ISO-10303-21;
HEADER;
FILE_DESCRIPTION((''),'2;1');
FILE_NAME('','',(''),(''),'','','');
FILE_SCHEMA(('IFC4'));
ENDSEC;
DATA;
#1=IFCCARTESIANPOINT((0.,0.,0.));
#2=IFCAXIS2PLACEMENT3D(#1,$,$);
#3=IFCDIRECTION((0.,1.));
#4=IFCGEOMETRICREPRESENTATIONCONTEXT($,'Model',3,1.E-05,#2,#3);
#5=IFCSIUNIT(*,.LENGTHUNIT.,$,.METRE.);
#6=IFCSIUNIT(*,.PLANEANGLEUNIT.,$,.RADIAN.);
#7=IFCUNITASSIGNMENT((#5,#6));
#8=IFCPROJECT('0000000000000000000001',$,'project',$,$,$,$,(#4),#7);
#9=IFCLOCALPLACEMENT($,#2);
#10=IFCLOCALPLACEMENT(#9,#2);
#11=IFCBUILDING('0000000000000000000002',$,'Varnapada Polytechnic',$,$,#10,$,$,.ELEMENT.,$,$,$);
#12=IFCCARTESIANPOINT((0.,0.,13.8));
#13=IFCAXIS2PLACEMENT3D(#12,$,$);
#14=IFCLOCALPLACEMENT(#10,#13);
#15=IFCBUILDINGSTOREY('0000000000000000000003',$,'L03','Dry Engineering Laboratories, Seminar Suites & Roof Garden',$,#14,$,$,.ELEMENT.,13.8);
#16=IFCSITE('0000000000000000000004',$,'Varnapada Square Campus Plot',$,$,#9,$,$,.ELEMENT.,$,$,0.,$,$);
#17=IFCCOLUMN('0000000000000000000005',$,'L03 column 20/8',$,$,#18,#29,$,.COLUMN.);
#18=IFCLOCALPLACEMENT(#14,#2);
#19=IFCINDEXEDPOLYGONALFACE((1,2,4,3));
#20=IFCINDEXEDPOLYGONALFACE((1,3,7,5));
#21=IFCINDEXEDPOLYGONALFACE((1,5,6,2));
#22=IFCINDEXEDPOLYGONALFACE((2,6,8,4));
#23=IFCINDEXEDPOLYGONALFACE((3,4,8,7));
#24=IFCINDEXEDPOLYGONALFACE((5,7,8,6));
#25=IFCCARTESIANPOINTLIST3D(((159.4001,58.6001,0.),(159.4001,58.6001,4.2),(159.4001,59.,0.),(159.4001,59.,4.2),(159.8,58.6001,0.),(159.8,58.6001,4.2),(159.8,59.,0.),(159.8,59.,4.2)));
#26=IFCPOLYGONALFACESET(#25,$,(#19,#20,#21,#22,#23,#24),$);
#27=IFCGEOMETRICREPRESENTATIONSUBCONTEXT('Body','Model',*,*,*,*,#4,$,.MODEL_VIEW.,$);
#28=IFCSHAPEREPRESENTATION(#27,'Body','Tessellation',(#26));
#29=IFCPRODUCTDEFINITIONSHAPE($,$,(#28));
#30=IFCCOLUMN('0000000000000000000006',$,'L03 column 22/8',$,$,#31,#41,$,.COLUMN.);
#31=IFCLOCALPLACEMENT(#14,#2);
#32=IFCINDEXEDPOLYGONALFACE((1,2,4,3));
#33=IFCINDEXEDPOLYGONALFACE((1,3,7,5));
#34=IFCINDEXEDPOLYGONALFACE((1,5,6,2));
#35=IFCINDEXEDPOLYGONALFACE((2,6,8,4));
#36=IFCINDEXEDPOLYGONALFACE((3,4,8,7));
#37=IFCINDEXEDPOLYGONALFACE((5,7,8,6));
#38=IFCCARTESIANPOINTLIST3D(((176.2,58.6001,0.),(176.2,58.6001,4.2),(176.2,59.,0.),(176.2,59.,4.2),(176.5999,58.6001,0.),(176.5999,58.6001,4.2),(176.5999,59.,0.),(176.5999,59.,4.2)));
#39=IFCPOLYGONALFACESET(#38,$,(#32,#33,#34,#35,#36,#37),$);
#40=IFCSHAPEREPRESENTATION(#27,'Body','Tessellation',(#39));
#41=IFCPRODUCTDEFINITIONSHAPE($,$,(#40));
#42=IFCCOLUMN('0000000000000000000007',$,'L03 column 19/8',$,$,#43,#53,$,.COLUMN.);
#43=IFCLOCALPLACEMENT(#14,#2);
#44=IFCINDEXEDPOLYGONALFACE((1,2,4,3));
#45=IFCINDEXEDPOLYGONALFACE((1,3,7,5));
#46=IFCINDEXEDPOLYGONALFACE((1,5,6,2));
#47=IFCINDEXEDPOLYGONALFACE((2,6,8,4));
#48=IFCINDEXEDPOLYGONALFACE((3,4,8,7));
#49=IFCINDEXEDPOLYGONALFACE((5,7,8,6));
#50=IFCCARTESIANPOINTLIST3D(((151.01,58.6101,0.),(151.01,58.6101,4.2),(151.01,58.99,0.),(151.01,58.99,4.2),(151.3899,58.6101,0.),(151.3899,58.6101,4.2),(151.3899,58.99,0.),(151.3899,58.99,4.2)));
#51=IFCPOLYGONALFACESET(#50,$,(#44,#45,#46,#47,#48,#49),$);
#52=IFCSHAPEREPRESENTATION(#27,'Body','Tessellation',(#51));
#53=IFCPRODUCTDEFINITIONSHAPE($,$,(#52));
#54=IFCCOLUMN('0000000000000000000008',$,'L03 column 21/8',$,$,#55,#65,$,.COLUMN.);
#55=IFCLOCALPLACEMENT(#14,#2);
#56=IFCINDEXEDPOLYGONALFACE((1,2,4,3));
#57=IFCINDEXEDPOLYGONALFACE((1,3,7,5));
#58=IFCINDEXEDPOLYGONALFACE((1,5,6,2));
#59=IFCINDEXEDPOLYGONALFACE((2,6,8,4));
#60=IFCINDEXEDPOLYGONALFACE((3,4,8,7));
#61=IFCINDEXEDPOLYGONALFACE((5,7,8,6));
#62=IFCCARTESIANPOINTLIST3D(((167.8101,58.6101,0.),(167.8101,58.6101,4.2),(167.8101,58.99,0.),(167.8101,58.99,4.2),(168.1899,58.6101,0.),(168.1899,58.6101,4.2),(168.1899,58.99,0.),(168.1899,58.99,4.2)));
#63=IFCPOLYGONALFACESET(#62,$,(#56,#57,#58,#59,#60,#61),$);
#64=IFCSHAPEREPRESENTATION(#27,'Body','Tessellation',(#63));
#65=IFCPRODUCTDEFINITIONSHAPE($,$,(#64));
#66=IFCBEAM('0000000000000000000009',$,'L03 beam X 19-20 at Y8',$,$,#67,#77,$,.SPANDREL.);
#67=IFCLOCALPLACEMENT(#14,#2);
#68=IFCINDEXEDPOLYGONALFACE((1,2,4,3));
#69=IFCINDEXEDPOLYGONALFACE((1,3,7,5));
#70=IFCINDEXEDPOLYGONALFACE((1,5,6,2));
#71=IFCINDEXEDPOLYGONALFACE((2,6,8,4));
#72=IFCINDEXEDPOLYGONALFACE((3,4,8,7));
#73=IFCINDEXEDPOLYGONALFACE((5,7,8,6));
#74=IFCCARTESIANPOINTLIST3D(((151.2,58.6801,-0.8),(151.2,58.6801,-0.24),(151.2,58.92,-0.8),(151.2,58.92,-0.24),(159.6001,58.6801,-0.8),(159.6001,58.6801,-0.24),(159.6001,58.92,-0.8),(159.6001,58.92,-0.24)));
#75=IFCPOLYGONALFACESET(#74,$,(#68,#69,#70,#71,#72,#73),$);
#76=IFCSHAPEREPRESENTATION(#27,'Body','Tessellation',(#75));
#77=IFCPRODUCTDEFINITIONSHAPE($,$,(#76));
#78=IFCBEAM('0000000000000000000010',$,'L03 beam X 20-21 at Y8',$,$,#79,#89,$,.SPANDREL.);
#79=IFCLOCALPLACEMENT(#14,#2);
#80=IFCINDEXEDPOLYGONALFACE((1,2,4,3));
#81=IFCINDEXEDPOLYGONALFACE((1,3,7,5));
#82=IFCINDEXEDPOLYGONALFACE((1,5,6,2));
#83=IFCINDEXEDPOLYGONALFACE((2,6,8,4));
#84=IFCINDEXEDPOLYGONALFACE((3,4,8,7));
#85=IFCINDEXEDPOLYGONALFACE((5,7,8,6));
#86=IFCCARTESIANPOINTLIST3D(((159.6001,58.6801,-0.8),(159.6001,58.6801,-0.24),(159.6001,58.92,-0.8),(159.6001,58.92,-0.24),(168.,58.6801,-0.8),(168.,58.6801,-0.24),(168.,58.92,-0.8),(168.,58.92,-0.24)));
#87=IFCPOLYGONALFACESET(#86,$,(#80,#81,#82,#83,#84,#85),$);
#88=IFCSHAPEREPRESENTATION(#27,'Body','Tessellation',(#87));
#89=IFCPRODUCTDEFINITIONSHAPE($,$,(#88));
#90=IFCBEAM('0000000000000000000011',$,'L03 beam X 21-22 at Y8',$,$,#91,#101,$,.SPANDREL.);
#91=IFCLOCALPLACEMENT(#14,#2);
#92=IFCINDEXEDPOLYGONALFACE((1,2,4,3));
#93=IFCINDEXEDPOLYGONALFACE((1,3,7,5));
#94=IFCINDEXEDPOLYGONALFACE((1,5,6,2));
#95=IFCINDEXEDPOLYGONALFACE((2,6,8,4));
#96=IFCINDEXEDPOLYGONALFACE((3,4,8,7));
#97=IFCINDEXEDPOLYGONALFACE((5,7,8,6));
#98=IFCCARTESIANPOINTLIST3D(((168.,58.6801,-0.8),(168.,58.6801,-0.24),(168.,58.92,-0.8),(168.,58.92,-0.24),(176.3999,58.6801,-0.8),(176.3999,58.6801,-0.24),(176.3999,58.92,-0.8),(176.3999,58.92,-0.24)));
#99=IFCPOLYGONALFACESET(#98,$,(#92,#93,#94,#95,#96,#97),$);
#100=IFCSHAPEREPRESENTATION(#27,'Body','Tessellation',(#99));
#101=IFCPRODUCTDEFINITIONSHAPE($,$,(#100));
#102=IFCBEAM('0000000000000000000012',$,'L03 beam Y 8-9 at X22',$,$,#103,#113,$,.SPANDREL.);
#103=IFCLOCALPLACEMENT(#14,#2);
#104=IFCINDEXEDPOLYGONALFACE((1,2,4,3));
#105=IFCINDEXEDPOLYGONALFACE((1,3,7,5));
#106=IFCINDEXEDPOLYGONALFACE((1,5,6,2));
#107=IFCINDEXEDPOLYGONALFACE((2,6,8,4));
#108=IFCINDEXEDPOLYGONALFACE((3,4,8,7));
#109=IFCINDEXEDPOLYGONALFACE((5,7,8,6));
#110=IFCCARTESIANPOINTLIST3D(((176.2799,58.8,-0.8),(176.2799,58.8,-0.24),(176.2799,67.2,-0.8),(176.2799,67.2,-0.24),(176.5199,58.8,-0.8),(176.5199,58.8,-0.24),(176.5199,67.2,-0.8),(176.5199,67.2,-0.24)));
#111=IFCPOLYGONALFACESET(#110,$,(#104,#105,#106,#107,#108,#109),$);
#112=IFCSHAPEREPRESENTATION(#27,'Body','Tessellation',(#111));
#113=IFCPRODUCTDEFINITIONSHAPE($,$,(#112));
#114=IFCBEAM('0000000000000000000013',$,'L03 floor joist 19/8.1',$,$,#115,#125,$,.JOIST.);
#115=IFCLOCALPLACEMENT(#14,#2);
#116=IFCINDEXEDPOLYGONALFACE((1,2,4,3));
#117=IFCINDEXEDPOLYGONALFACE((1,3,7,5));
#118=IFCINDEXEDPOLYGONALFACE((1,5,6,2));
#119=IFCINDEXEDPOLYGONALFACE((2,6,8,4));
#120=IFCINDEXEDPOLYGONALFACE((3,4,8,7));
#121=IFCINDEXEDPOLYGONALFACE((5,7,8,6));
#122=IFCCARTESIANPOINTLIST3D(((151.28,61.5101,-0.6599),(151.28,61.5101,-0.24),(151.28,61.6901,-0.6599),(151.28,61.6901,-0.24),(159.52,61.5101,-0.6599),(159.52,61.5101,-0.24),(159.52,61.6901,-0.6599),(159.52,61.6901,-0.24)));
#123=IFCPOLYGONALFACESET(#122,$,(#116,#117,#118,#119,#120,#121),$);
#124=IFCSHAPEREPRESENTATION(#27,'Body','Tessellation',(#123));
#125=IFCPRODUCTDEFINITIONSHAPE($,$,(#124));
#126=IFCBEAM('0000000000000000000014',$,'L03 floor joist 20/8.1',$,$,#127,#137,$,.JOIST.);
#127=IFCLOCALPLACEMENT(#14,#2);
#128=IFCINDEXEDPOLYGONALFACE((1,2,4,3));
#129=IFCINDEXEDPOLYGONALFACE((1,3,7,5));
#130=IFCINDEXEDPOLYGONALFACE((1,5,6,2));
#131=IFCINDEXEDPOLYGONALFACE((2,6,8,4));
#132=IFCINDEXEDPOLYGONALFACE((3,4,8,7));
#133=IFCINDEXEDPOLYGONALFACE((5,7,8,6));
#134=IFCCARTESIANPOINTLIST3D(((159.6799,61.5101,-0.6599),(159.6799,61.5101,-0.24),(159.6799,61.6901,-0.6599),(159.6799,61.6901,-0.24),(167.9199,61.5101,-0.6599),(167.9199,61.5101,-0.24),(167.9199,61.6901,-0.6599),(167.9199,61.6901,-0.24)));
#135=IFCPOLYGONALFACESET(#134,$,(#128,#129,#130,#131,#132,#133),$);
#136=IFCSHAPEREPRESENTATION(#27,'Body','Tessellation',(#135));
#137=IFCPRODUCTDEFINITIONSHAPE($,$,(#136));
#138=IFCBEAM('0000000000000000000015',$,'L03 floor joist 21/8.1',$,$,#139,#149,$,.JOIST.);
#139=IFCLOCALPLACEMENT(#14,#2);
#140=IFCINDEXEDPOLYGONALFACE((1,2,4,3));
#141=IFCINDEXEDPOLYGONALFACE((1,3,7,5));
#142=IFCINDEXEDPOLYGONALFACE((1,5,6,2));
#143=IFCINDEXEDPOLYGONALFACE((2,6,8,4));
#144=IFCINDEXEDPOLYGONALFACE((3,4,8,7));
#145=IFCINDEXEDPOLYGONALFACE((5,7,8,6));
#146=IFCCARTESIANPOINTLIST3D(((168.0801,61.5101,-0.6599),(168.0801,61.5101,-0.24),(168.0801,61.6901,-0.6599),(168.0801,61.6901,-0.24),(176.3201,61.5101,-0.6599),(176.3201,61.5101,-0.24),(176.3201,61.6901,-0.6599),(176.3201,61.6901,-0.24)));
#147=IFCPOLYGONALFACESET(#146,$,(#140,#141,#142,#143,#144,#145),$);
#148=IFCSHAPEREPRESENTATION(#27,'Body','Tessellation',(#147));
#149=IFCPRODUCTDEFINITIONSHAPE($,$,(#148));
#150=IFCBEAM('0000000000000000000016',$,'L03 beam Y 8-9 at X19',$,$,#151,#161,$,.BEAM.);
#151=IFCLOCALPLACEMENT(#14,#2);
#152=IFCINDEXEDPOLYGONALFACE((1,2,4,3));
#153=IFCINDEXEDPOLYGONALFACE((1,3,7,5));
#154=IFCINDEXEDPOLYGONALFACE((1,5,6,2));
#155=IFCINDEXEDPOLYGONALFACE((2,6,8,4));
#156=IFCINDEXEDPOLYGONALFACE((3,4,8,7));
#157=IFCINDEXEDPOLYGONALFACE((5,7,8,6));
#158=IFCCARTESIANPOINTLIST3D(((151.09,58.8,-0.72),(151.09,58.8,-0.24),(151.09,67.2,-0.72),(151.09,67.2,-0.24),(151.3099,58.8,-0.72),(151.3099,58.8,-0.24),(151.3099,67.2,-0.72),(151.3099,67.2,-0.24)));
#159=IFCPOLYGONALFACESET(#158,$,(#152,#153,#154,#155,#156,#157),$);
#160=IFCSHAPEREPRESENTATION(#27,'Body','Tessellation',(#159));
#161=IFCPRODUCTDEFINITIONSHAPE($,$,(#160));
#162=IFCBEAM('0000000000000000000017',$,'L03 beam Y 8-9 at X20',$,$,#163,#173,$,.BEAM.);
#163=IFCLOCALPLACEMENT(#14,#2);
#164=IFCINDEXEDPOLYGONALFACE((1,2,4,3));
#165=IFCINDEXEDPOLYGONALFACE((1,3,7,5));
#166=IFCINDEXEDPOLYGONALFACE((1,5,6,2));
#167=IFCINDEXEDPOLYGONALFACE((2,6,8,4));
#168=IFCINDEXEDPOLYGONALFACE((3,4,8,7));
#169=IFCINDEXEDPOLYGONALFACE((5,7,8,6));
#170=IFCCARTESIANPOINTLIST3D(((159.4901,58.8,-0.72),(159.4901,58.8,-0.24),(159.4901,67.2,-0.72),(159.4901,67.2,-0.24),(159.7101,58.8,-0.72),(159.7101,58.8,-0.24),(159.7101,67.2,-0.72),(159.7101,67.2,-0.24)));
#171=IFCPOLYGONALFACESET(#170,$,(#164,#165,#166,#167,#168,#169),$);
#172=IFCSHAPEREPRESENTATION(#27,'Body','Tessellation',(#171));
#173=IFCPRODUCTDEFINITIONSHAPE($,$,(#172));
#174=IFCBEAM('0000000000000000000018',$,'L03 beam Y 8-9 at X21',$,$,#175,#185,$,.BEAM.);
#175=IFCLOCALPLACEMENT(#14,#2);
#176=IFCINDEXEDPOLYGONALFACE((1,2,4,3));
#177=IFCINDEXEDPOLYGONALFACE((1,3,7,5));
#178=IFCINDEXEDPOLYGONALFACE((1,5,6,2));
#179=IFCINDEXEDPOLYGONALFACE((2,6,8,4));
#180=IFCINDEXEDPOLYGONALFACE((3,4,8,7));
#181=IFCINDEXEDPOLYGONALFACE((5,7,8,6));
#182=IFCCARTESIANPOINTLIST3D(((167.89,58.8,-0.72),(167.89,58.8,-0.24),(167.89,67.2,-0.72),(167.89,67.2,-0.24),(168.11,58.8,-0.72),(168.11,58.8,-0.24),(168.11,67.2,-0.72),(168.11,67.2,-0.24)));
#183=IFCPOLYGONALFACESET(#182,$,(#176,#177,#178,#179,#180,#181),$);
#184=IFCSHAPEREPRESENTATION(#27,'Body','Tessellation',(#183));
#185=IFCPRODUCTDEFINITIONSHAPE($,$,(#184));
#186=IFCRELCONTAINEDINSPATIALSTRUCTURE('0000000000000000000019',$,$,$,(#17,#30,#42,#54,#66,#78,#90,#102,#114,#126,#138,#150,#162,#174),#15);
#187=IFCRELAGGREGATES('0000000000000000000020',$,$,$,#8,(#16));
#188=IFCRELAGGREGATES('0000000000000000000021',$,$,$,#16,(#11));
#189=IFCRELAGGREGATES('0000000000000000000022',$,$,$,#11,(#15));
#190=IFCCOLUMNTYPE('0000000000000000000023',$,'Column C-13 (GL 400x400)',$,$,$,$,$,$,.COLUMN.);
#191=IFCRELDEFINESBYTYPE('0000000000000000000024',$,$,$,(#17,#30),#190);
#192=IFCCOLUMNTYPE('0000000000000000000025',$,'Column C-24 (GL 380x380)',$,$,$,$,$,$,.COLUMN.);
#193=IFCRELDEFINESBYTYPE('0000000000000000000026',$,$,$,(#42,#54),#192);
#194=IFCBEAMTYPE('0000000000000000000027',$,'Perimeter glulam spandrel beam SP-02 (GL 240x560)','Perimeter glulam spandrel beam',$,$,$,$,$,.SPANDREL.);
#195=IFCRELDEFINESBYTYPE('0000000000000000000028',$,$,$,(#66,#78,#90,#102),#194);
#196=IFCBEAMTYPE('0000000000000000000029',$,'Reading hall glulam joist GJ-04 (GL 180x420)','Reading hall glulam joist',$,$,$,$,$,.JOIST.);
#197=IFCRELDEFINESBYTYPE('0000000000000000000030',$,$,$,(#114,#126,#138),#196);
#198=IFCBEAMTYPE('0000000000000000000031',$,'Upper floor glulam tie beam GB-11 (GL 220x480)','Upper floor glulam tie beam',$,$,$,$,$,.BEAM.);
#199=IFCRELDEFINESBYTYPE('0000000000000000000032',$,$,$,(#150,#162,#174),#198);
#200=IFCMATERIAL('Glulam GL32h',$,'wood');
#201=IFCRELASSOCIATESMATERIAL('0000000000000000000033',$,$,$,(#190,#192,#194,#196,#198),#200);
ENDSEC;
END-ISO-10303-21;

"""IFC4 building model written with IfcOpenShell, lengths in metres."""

from ifc_helpers import new_model, si_unit, direction, frame, origin, origin_2d, place, context, subcontext, project, spatial, rectangle, extrude, material, material_profile, profile_set, type_object, element, save


model = new_model("IFC4")

# Units and contexts
model_context = context("Model", 3, precision=1e-05, world=origin(), true_north=direction((0.0, 1.0)))
body_context = subcontext(model_context, "Body", "Model", "MODEL_VIEW")
ifc_project = project(units=[si_unit("LENGTHUNIT", "METRE"), si_unit("PLANEANGLEUNIT", "RADIAN")], contexts=[model_context])

# Site, building, storey
site_placement = place(None, origin())
site = spatial("IfcSite", under=ifc_project, at=site_placement, Name="Varnapada Square Campus Plot", CompositionType="ELEMENT", RefElevation=0.0)
building_placement = place(site_placement, origin())
building = spatial("IfcBuilding", under=site, at=building_placement, Name="Varnapada Polytechnic", CompositionType="ELEMENT")
storey_placement = place(building_placement, frame((0.0, 0.0, 13.8)))
storey = spatial("IfcBuildingStorey", under=building, at=storey_placement, Name="L03", Description="Dry Engineering Laboratories, Seminar Suites & Roof Garden", CompositionType="ELEMENT", Elevation=13.8)

# Columns
ifc_material_1 = material(Name="Glulam GL32h", Category="wood")
ifc_material_profile_1 = material_profile(ifc_material_1, rectangle(XDim=0.3999, YDim=0.3999, at=origin_2d()), Name="GL 400x400")
ifc_profile_set_1 = profile_set([ifc_material_profile_1], Name="Glulam GL32h")
column_type_1 = type_object("IfcColumnType", Name="Column C-13 (GL 400x400)", PredefinedType="COLUMN", material=ifc_profile_set_1)
for number, where, z_axis, x_axis, name in (
    (1, (159.6001, 58.8, 0.0), (0.0, 0.0, 1.0), (1.0, 0.0, 0.0), "L03 column 20/8"),
    (2, (176.3999, 58.8, 0.0), (0.0, 0.0, 1.0), (1.0, 0.0, 0.0), "L03 column 22/8"),
):
    element("IfcColumn", number, at=place(storey_placement, frame(where, z_axis=z_axis, x_axis=x_axis)), inside=storey, type_object=column_type_1, Name=name, PredefinedType="COLUMN", context=body_context, shape_type="SweptSolid", body=[
        extrude(rectangle(XDim=0.3999, YDim=0.3999, at=origin_2d()), origin(), (0.0, 0.0, 1.0), 4.2),
    ])
ifc_material_profile_2 = material_profile(ifc_material_1, rectangle(XDim=0.3799, YDim=0.3799, at=origin_2d()), Name="GL 380x380")
ifc_profile_set_2 = profile_set([ifc_material_profile_2], Name="Glulam GL32h")
column_type_2 = type_object("IfcColumnType", Name="Column C-24 (GL 380x380)", PredefinedType="COLUMN", material=ifc_profile_set_2)
for number, where, z_axis, x_axis, name in (
    (3, (151.2, 58.8, 0.0), (0.0, 0.0, 1.0), (1.0, 0.0, 0.0), "L03 column 19/8"),
    (4, (168.0, 58.8, 0.0), (0.0, 0.0, 1.0), (1.0, 0.0, 0.0), "L03 column 21/8"),
):
    element("IfcColumn", number, at=place(storey_placement, frame(where, z_axis=z_axis, x_axis=x_axis)), inside=storey, type_object=column_type_2, Name=name, PredefinedType="COLUMN", context=body_context, shape_type="SweptSolid", body=[
        extrude(rectangle(XDim=0.3799, YDim=0.3799, at=origin_2d()), origin(), (0.0, 0.0, 1.0), 4.2),
    ])

# Beams
ifc_material_profile_3 = material_profile(ifc_material_1, rectangle(XDim=0.24, YDim=0.5601, at=origin_2d()), Name="GL 240x560")
ifc_profile_set_3 = profile_set([ifc_material_profile_3], Name="Glulam GL32h")
beam_type_1 = type_object("IfcBeamType", Name="Perimeter glulam spandrel beam SP-02 (GL 240x560)", Description="Perimeter glulam spandrel beam", PredefinedType="SPANDREL", material=ifc_profile_set_3)
beam_placement = place(storey_placement, frame((151.2, 58.8, -0.52), z_axis=(1.0, 0.0, 0.0), x_axis=(0.0, 1.0, 0.0)))
element("IfcBeam", 5, at=beam_placement, inside=storey, type_object=beam_type_1, Name="L03 beam X 19-20 at Y8", PredefinedType="SPANDREL", context=body_context, shape_type="SweptSolid", body=[
    extrude(rectangle(XDim=0.24, YDim=0.5601, at=origin_2d()), origin(), (0.0, 0.0, 1.0), 8.4001),
])
for number, where, z_axis, x_axis, name in (
    (6, (159.6001, 58.8, -0.52), (1.0, 0.0, 0.0), (0.0, 1.0, 0.0), "L03 beam X 20-21 at Y8"),
    (7, (168.0, 58.8, -0.52), (1.0, 0.0, 0.0), (0.0, 1.0, 0.0), "L03 beam X 21-22 at Y8"),
    (8, (176.3999, 58.8, -0.52), (0.0, 1.0, 0.0), (-1.0, 0.0, 0.0), "L03 beam Y 8-9 at X22"),
):
    element("IfcBeam", number, at=place(storey_placement, frame(where, z_axis=z_axis, x_axis=x_axis)), inside=storey, type_object=beam_type_1, Name=name, PredefinedType="SPANDREL", context=body_context, shape_type="SweptSolid", body=[
        extrude(rectangle(XDim=0.24, YDim=0.5601, at=origin_2d()), origin(), (0.0, 0.0, 1.0), 8.3999),
    ])
ifc_material_profile_4 = material_profile(ifc_material_1, rectangle(XDim=0.1799, YDim=0.4199, at=origin_2d()), Name="GL 180x420")
ifc_profile_set_4 = profile_set([ifc_material_profile_4], Name="Glulam GL32h")
beam_type_2 = type_object("IfcBeamType", Name="Reading hall glulam joist GJ-04 (GL 180x420)", Description="Reading hall glulam joist", PredefinedType="JOIST", material=ifc_profile_set_4)
for number, where, z_axis, x_axis, name in (
    (9, (151.28, 61.6001, -0.45), (1.0, 0.0, 0.0), (0.0, 1.0, 0.0), "L03 floor joist 19/8.1"),
    (10, (159.6799, 61.6001, -0.45), (1.0, 0.0, 0.0), (0.0, 1.0, 0.0), "L03 floor joist 20/8.1"),
    (11, (168.0801, 61.6001, -0.45), (1.0, 0.0, 0.0), (0.0, 1.0, 0.0), "L03 floor joist 21/8.1"),
):
    element("IfcBeam", number, at=place(storey_placement, frame(where, z_axis=z_axis, x_axis=x_axis)), inside=storey, type_object=beam_type_2, Name=name, PredefinedType="JOIST", context=body_context, shape_type="SweptSolid", body=[
        extrude(rectangle(XDim=0.1799, YDim=0.4199, at=origin_2d()), origin(), (0.0, 0.0, 1.0), 8.24),
    ])
ifc_material_profile_5 = material_profile(ifc_material_1, rectangle(XDim=0.22, YDim=0.48, at=origin_2d()), Name="GL 220x480")
ifc_profile_set_5 = profile_set([ifc_material_profile_5], Name="Glulam GL32h")
beam_type_3 = type_object("IfcBeamType", Name="Upper floor glulam tie beam GB-11 (GL 220x480)", Description="Upper floor glulam tie beam", PredefinedType="BEAM", material=ifc_profile_set_5)
for number, where, z_axis, x_axis, name in (
    (12, (151.2, 58.8, -0.48), (0.0, 1.0, 0.0), (-1.0, 0.0, 0.0), "L03 beam Y 8-9 at X19"),
    (13, (159.6001, 58.8, -0.48), (0.0, 1.0, 0.0), (-1.0, 0.0, 0.0), "L03 beam Y 8-9 at X20"),
    (14, (168.0, 58.8, -0.48), (0.0, 1.0, 0.0), (-1.0, 0.0, 0.0), "L03 beam Y 8-9 at X21"),
):
    element("IfcBeam", number, at=place(storey_placement, frame(where, z_axis=z_axis, x_axis=x_axis)), inside=storey, type_object=beam_type_3, Name=name, PredefinedType="BEAM", context=body_context, shape_type="SweptSolid", body=[
        extrude(rectangle(XDim=0.22, YDim=0.48, at=origin_2d()), origin(), (0.0, 0.0, 1.0), 8.3999),
    ])

save(model, "model.ifc")
